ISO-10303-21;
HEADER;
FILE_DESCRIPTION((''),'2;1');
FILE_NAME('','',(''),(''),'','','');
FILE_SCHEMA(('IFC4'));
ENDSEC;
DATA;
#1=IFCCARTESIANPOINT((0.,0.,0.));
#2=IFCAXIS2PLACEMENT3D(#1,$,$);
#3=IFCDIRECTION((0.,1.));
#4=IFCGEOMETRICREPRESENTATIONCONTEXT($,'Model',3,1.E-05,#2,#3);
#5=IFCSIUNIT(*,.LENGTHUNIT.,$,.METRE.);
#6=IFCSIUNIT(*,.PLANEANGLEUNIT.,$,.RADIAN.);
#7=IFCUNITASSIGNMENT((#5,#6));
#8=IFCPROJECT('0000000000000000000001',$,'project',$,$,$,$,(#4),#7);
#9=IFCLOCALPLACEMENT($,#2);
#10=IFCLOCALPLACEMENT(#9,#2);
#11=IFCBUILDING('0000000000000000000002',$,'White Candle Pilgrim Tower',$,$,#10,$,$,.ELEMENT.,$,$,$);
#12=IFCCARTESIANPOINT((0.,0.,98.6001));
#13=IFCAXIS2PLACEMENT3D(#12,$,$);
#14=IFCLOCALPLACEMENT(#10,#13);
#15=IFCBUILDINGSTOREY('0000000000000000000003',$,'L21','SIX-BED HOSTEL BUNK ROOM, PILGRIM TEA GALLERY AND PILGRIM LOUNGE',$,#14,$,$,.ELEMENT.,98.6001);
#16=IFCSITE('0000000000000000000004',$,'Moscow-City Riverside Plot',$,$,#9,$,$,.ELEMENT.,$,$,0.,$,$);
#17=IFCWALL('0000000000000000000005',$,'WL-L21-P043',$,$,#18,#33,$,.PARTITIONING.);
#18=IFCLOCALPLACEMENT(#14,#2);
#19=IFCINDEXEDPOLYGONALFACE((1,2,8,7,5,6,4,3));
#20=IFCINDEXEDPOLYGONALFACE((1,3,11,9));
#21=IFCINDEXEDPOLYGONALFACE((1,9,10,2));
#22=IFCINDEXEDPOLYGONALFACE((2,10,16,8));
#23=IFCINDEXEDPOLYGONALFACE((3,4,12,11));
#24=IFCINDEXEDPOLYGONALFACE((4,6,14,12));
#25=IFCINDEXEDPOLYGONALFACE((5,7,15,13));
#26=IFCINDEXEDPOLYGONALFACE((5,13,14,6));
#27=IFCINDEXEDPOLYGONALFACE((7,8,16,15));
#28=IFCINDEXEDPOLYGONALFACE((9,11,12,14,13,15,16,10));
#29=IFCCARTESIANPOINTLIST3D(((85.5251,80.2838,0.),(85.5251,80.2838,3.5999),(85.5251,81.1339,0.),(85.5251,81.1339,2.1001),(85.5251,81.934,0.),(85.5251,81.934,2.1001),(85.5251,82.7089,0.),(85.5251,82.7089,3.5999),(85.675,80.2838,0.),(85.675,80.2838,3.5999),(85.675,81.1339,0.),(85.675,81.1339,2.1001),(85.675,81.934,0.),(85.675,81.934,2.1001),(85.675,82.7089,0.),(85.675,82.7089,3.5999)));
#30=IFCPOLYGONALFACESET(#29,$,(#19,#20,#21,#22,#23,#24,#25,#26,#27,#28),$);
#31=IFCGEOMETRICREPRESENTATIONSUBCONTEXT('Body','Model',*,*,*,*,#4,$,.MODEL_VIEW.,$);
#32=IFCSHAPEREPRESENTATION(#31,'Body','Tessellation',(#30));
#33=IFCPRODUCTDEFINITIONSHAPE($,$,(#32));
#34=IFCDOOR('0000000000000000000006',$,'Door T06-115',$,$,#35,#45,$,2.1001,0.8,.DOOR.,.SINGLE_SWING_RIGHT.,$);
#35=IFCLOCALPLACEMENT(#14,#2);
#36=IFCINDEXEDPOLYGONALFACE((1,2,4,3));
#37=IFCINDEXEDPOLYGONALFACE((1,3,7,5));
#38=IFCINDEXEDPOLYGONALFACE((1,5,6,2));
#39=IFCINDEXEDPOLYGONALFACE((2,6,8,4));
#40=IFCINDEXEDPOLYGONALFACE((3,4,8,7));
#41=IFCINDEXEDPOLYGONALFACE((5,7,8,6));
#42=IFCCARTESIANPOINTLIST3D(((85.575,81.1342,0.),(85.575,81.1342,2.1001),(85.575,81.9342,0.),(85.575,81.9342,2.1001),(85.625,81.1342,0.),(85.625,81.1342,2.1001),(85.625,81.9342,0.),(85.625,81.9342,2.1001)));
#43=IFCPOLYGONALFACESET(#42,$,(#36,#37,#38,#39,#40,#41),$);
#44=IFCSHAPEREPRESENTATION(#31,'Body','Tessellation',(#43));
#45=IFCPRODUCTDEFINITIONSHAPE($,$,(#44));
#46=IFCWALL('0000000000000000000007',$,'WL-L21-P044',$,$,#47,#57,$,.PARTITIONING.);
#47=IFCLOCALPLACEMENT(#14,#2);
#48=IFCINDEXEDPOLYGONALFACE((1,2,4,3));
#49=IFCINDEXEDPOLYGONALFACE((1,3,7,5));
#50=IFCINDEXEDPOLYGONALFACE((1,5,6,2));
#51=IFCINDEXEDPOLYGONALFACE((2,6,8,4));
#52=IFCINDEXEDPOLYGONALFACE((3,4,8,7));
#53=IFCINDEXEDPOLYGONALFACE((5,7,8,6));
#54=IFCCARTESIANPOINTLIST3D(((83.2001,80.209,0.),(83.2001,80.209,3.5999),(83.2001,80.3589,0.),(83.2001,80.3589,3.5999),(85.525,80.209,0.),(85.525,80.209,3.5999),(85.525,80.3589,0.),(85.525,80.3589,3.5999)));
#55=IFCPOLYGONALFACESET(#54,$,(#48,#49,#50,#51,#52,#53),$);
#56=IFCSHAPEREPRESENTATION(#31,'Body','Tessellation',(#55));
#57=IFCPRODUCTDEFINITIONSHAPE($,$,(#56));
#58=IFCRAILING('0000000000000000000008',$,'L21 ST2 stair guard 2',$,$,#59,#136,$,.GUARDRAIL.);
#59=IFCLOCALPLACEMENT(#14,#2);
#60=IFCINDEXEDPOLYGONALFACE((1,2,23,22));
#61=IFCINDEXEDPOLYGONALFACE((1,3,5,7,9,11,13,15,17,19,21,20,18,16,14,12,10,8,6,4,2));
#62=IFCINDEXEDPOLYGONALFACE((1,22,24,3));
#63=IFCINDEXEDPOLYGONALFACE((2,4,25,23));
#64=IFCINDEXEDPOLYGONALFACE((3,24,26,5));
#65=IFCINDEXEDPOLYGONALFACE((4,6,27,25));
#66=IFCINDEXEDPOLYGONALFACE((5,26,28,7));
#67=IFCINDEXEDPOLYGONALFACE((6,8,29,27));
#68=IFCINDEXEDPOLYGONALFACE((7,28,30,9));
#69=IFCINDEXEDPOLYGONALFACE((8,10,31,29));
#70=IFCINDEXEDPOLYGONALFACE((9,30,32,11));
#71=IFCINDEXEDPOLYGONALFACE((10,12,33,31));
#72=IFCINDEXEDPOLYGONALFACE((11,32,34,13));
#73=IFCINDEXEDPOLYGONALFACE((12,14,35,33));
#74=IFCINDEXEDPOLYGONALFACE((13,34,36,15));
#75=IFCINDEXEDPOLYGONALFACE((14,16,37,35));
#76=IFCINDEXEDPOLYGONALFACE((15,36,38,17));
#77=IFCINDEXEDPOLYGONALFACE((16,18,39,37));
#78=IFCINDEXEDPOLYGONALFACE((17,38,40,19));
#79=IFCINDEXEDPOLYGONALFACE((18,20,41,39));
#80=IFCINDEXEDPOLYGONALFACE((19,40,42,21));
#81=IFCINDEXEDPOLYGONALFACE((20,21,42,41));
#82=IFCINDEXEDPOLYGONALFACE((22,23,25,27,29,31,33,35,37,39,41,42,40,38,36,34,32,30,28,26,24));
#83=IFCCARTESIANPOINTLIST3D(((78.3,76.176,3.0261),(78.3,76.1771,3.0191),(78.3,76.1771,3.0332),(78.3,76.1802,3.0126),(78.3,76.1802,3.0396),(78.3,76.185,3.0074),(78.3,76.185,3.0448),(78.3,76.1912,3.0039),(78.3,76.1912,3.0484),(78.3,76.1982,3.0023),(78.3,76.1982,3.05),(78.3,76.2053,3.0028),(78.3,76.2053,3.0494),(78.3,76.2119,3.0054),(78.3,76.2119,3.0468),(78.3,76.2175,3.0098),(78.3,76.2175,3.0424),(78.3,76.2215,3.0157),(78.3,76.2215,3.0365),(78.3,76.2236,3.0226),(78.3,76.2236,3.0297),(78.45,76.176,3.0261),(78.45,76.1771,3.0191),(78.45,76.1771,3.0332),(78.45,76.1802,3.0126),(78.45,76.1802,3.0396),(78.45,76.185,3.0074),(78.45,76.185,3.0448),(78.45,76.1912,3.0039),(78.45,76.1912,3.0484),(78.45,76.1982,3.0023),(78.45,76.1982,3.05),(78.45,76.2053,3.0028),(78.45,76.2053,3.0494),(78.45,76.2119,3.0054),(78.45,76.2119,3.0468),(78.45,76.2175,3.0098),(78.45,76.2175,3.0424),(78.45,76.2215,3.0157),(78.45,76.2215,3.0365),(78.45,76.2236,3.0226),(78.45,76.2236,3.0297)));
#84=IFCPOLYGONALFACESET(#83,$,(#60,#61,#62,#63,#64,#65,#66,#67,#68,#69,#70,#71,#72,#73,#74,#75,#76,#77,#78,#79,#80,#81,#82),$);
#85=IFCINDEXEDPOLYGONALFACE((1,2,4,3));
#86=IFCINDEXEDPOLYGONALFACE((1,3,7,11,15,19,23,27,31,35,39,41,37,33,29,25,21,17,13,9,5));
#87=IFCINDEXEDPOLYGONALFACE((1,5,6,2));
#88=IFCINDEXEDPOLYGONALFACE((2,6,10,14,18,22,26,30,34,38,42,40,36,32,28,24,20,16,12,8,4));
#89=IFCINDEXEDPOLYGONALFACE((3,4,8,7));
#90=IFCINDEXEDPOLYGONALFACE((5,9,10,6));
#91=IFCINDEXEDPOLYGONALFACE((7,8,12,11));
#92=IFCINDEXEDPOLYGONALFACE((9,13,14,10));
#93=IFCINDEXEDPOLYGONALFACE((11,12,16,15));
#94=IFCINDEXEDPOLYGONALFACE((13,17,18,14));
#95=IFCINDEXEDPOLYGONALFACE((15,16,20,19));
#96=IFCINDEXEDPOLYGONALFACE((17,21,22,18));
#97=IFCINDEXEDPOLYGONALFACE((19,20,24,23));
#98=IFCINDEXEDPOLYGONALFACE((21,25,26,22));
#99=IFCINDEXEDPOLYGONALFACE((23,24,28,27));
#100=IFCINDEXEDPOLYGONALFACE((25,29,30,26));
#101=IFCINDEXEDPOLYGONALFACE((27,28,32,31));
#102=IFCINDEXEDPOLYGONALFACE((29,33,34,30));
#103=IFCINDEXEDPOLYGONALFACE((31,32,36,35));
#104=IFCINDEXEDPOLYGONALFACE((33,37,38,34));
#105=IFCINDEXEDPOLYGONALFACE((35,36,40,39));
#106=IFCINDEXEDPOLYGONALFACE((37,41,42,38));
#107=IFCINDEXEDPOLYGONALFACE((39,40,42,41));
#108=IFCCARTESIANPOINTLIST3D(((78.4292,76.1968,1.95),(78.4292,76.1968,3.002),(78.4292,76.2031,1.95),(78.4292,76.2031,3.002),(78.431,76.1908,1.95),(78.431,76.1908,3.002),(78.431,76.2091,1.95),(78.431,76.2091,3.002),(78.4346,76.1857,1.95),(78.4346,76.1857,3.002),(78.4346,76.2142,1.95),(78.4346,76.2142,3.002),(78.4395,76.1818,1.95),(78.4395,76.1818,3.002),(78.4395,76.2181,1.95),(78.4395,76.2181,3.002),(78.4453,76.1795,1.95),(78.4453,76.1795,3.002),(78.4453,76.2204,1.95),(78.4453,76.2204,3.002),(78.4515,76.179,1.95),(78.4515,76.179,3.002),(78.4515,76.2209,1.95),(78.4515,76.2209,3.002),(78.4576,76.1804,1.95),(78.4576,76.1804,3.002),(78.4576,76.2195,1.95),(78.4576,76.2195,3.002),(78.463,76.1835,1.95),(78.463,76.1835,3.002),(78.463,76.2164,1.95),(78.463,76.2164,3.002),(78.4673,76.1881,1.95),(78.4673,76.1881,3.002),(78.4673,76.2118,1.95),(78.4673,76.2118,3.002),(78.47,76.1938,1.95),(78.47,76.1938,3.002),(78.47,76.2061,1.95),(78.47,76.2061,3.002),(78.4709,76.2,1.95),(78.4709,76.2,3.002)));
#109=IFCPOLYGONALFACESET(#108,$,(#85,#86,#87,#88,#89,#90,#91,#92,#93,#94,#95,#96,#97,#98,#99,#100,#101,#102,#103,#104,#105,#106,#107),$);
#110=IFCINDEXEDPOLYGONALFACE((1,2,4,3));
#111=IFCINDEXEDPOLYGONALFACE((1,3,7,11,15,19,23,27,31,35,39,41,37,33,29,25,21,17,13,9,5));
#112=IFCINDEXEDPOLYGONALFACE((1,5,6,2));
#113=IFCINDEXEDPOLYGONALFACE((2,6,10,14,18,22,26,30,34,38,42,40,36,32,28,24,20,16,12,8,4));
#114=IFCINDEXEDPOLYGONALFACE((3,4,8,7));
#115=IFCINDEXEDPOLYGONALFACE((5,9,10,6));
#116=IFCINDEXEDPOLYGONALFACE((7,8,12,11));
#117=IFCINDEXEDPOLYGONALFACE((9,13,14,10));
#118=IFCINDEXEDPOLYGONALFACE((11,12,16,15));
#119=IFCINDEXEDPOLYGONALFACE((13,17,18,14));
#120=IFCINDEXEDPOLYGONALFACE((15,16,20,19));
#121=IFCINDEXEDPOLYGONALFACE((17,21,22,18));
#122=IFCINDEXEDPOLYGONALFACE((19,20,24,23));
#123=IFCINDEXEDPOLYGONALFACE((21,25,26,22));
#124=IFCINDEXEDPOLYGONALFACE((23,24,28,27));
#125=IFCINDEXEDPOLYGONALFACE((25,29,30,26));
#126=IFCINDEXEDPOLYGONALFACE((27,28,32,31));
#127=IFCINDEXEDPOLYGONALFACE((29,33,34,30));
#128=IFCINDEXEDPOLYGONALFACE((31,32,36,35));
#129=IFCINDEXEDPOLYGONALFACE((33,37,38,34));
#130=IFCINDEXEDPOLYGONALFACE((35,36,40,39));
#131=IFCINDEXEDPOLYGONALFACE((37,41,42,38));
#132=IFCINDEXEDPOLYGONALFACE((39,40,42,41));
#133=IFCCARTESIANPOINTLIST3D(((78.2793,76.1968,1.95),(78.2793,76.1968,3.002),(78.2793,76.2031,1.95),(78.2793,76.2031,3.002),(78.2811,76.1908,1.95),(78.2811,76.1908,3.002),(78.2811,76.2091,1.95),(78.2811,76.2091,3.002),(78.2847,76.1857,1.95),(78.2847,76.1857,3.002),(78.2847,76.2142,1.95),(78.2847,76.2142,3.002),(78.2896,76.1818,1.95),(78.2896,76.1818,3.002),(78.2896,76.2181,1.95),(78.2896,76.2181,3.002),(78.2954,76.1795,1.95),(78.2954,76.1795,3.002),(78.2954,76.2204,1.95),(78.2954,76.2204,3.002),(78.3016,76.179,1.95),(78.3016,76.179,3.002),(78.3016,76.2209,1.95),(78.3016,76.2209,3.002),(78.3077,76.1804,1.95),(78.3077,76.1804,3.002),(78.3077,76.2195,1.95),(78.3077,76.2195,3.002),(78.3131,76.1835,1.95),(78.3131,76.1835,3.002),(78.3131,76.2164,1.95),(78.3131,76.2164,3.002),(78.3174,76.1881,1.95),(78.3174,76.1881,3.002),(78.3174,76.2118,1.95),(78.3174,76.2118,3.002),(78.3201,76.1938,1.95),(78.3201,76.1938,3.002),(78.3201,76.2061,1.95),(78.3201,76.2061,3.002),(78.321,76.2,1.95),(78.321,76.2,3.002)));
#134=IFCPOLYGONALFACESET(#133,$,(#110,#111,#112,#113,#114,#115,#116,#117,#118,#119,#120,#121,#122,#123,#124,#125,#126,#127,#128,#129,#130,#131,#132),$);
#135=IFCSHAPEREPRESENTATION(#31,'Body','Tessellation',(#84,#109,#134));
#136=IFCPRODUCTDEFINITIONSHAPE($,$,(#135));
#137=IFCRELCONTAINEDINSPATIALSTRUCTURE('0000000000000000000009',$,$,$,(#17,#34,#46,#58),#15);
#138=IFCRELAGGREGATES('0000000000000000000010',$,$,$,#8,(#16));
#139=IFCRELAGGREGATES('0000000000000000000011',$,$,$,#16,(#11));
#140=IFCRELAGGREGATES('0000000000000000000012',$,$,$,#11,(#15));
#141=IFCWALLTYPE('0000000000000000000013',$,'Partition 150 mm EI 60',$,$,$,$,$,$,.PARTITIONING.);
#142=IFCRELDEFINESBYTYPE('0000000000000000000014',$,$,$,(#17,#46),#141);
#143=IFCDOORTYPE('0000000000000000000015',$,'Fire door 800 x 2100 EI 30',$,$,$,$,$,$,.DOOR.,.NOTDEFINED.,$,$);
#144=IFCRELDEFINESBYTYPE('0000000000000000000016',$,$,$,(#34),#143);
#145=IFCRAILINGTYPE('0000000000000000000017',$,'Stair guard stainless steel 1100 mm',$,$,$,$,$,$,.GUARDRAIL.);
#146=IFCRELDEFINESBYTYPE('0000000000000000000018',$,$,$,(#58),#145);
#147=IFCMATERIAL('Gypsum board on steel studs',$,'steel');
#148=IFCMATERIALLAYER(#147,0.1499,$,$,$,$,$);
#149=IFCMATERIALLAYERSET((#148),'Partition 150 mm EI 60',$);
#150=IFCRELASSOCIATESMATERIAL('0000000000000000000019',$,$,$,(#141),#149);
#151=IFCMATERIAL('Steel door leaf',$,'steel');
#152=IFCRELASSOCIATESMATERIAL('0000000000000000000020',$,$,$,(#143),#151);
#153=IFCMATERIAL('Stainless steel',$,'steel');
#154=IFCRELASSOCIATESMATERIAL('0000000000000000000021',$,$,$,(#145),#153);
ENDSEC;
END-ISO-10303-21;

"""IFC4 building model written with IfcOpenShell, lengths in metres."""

from ifc_helpers import new_model, si_unit, direction, frame, frame_2d, origin, origin_2d, place, context, subcontext, project, spatial, rectangle, circle, extrude, material, layer, layer_set, type_object, element, fill, save


model = new_model("IFC4")

# Units and contexts
model_context = context("Model", 3, precision=1e-05, world=origin(), true_north=direction((0.0, 1.0)))
body_context = subcontext(model_context, "Body", "Model", "MODEL_VIEW")
ifc_project = project(units=[si_unit("LENGTHUNIT", "METRE"), si_unit("PLANEANGLEUNIT", "RADIAN")], contexts=[model_context])

# Site, building, storey
site_placement = place(None, origin())
site = spatial("IfcSite", under=ifc_project, at=site_placement, Name="Moscow-City Riverside Plot", CompositionType="ELEMENT", RefElevation=0.0)
building_placement = place(site_placement, origin())
building = spatial("IfcBuilding", under=site, at=building_placement, Name="White Candle Pilgrim Tower", CompositionType="ELEMENT")
storey_placement = place(building_placement, frame((0.0, 0.0, 98.6001)))
storey = spatial("IfcBuildingStorey", under=building, at=storey_placement, Name="L21", Description="SIX-BED HOSTEL BUNK ROOM, PILGRIM TEA GALLERY AND PILGRIM LOUNGE", CompositionType="ELEMENT", Elevation=98.6001)

# Shared definitions
ifc_material_1 = material(Name="Steel door leaf", Category="steel")

# Shared definitions
ifc_material_2 = material(Name="Gypsum board on steel studs", Category="steel")

# Shared definitions
ifc_layer_1 = layer(ifc_material_2, 0.1499)
ifc_layer_set_1 = layer_set([ifc_layer_1], Name="Partition 150 mm EI 60")
wall_type_1 = type_object("IfcWallType", Name="Partition 150 mm EI 60", PredefinedType="PARTITIONING", material=ifc_layer_set_1)

# Wall, opening, door
wall_1_placement = place(storey_placement, frame((85.6001, 80.2839, 0.0), z_axis=(0.0, 0.0, 1.0), x_axis=(0.0, 1.0, 0.0)))
wall_1 = element("IfcWall", 1, at=wall_1_placement, inside=storey, type_object=wall_type_1, Name="WL-L21-P043", PredefinedType="PARTITIONING", context=body_context, shape_type="SweptSolid", body=[
    extrude(rectangle(XDim=2.425, YDim=0.1499, at=frame_2d((1.2124, 0.0))), origin(), (0.0, 0.0, 1.0), 3.5999),
])
opening_1_placement = place(wall_1_placement, frame((0.8501, 0.0, 0.0)))
opening_1 = element("IfcOpeningElement", 2, at=opening_1_placement, cuts=wall_1, PredefinedType="OPENING", context=body_context, shape_type="SweptSolid", body=[
    extrude(rectangle(XDim=0.8, YDim=2.1001, at=frame_2d((0.3999, 1.05))), frame((0.0, 0.085, 0.0), z_axis=(0.0, -1.0, 0.0), x_axis=(1.0, 0.0, 0.0)), (0.0, 0.0, 1.0), 0.1699),
])
door_type_1 = type_object("IfcDoorType", Name="Fire door 800 x 2100 EI 30", OperationType="NOTDEFINED", PredefinedType="DOOR", material=ifc_material_1)
door_1_placement = place(opening_1_placement, frame((0.8, 0.0, 0.0), z_axis=(0.0, 0.0, 1.0), x_axis=(-1.0, 0.0, 0.0)))
door_1 = element("IfcDoor", 3, at=door_1_placement, inside=storey, type_object=door_type_1, Name="Door T06-115", OperationType="SINGLE_SWING_RIGHT", OverallHeight=2.1001, OverallWidth=0.8, PredefinedType="DOOR", context=body_context, shape_type="SweptSolid", body=[
    extrude(rectangle(XDim=0.8, YDim=2.1001, at=frame_2d((0.3999, 1.05))), frame((0.0, 0.0249, 0.0), z_axis=(0.0, -1.0, 0.0), x_axis=(1.0, 0.0, 0.0)), (0.0, 0.0, 1.0), 0.05),
])
fill(opening_1, door_1)

# Wall
wall_2_placement = place(storey_placement, frame((83.2, 80.2839, 0.0), z_axis=(0.0, 0.0, 1.0), x_axis=(1.0, 0.0, 0.0)))
element("IfcWall", 4, at=wall_2_placement, inside=storey, type_object=wall_type_1, Name="WL-L21-P044", PredefinedType="PARTITIONING", context=body_context, shape_type="SweptSolid", body=[
    extrude(rectangle(XDim=2.325, YDim=0.1499, at=frame_2d((1.1626, 0.0))), origin(), (0.0, 0.0, 1.0), 3.5999),
])

# Railing
ifc_material_3 = material(Name="Stainless steel", Category="steel")
railing_type = type_object("IfcRailingType", Name="Stair guard stainless steel 1100 mm", PredefinedType="GUARDRAIL", material=ifc_material_3)
railing_1_placement = place(storey_placement, frame((78.45, 76.2, 1.95)))
element("IfcRailing", 5, at=railing_1_placement, inside=storey, type_object=railing_type, Name="L21 ST2 stair guard 2", PredefinedType="GUARDRAIL", context=body_context, shape_type="SweptSolid", body=[
    extrude(circle(Radius=0.0239, at=origin_2d()), frame((0.0, 0.0, 1.0762), z_axis=(-1.0, 0.0, 0.0), x_axis=(0.0, -1.0, 0.0)), (0.0, 0.0, 1.0), 0.1499),
    extrude(circle(Radius=0.021, at=origin_2d()), origin(), (0.0, 0.0, 1.0), 1.052),
    extrude(circle(Radius=0.021, at=origin_2d()), frame((-0.1499, 0.0, 0.0)), (0.0, 0.0, 1.0), 1.052),
])

save(model, "model.ifc")
